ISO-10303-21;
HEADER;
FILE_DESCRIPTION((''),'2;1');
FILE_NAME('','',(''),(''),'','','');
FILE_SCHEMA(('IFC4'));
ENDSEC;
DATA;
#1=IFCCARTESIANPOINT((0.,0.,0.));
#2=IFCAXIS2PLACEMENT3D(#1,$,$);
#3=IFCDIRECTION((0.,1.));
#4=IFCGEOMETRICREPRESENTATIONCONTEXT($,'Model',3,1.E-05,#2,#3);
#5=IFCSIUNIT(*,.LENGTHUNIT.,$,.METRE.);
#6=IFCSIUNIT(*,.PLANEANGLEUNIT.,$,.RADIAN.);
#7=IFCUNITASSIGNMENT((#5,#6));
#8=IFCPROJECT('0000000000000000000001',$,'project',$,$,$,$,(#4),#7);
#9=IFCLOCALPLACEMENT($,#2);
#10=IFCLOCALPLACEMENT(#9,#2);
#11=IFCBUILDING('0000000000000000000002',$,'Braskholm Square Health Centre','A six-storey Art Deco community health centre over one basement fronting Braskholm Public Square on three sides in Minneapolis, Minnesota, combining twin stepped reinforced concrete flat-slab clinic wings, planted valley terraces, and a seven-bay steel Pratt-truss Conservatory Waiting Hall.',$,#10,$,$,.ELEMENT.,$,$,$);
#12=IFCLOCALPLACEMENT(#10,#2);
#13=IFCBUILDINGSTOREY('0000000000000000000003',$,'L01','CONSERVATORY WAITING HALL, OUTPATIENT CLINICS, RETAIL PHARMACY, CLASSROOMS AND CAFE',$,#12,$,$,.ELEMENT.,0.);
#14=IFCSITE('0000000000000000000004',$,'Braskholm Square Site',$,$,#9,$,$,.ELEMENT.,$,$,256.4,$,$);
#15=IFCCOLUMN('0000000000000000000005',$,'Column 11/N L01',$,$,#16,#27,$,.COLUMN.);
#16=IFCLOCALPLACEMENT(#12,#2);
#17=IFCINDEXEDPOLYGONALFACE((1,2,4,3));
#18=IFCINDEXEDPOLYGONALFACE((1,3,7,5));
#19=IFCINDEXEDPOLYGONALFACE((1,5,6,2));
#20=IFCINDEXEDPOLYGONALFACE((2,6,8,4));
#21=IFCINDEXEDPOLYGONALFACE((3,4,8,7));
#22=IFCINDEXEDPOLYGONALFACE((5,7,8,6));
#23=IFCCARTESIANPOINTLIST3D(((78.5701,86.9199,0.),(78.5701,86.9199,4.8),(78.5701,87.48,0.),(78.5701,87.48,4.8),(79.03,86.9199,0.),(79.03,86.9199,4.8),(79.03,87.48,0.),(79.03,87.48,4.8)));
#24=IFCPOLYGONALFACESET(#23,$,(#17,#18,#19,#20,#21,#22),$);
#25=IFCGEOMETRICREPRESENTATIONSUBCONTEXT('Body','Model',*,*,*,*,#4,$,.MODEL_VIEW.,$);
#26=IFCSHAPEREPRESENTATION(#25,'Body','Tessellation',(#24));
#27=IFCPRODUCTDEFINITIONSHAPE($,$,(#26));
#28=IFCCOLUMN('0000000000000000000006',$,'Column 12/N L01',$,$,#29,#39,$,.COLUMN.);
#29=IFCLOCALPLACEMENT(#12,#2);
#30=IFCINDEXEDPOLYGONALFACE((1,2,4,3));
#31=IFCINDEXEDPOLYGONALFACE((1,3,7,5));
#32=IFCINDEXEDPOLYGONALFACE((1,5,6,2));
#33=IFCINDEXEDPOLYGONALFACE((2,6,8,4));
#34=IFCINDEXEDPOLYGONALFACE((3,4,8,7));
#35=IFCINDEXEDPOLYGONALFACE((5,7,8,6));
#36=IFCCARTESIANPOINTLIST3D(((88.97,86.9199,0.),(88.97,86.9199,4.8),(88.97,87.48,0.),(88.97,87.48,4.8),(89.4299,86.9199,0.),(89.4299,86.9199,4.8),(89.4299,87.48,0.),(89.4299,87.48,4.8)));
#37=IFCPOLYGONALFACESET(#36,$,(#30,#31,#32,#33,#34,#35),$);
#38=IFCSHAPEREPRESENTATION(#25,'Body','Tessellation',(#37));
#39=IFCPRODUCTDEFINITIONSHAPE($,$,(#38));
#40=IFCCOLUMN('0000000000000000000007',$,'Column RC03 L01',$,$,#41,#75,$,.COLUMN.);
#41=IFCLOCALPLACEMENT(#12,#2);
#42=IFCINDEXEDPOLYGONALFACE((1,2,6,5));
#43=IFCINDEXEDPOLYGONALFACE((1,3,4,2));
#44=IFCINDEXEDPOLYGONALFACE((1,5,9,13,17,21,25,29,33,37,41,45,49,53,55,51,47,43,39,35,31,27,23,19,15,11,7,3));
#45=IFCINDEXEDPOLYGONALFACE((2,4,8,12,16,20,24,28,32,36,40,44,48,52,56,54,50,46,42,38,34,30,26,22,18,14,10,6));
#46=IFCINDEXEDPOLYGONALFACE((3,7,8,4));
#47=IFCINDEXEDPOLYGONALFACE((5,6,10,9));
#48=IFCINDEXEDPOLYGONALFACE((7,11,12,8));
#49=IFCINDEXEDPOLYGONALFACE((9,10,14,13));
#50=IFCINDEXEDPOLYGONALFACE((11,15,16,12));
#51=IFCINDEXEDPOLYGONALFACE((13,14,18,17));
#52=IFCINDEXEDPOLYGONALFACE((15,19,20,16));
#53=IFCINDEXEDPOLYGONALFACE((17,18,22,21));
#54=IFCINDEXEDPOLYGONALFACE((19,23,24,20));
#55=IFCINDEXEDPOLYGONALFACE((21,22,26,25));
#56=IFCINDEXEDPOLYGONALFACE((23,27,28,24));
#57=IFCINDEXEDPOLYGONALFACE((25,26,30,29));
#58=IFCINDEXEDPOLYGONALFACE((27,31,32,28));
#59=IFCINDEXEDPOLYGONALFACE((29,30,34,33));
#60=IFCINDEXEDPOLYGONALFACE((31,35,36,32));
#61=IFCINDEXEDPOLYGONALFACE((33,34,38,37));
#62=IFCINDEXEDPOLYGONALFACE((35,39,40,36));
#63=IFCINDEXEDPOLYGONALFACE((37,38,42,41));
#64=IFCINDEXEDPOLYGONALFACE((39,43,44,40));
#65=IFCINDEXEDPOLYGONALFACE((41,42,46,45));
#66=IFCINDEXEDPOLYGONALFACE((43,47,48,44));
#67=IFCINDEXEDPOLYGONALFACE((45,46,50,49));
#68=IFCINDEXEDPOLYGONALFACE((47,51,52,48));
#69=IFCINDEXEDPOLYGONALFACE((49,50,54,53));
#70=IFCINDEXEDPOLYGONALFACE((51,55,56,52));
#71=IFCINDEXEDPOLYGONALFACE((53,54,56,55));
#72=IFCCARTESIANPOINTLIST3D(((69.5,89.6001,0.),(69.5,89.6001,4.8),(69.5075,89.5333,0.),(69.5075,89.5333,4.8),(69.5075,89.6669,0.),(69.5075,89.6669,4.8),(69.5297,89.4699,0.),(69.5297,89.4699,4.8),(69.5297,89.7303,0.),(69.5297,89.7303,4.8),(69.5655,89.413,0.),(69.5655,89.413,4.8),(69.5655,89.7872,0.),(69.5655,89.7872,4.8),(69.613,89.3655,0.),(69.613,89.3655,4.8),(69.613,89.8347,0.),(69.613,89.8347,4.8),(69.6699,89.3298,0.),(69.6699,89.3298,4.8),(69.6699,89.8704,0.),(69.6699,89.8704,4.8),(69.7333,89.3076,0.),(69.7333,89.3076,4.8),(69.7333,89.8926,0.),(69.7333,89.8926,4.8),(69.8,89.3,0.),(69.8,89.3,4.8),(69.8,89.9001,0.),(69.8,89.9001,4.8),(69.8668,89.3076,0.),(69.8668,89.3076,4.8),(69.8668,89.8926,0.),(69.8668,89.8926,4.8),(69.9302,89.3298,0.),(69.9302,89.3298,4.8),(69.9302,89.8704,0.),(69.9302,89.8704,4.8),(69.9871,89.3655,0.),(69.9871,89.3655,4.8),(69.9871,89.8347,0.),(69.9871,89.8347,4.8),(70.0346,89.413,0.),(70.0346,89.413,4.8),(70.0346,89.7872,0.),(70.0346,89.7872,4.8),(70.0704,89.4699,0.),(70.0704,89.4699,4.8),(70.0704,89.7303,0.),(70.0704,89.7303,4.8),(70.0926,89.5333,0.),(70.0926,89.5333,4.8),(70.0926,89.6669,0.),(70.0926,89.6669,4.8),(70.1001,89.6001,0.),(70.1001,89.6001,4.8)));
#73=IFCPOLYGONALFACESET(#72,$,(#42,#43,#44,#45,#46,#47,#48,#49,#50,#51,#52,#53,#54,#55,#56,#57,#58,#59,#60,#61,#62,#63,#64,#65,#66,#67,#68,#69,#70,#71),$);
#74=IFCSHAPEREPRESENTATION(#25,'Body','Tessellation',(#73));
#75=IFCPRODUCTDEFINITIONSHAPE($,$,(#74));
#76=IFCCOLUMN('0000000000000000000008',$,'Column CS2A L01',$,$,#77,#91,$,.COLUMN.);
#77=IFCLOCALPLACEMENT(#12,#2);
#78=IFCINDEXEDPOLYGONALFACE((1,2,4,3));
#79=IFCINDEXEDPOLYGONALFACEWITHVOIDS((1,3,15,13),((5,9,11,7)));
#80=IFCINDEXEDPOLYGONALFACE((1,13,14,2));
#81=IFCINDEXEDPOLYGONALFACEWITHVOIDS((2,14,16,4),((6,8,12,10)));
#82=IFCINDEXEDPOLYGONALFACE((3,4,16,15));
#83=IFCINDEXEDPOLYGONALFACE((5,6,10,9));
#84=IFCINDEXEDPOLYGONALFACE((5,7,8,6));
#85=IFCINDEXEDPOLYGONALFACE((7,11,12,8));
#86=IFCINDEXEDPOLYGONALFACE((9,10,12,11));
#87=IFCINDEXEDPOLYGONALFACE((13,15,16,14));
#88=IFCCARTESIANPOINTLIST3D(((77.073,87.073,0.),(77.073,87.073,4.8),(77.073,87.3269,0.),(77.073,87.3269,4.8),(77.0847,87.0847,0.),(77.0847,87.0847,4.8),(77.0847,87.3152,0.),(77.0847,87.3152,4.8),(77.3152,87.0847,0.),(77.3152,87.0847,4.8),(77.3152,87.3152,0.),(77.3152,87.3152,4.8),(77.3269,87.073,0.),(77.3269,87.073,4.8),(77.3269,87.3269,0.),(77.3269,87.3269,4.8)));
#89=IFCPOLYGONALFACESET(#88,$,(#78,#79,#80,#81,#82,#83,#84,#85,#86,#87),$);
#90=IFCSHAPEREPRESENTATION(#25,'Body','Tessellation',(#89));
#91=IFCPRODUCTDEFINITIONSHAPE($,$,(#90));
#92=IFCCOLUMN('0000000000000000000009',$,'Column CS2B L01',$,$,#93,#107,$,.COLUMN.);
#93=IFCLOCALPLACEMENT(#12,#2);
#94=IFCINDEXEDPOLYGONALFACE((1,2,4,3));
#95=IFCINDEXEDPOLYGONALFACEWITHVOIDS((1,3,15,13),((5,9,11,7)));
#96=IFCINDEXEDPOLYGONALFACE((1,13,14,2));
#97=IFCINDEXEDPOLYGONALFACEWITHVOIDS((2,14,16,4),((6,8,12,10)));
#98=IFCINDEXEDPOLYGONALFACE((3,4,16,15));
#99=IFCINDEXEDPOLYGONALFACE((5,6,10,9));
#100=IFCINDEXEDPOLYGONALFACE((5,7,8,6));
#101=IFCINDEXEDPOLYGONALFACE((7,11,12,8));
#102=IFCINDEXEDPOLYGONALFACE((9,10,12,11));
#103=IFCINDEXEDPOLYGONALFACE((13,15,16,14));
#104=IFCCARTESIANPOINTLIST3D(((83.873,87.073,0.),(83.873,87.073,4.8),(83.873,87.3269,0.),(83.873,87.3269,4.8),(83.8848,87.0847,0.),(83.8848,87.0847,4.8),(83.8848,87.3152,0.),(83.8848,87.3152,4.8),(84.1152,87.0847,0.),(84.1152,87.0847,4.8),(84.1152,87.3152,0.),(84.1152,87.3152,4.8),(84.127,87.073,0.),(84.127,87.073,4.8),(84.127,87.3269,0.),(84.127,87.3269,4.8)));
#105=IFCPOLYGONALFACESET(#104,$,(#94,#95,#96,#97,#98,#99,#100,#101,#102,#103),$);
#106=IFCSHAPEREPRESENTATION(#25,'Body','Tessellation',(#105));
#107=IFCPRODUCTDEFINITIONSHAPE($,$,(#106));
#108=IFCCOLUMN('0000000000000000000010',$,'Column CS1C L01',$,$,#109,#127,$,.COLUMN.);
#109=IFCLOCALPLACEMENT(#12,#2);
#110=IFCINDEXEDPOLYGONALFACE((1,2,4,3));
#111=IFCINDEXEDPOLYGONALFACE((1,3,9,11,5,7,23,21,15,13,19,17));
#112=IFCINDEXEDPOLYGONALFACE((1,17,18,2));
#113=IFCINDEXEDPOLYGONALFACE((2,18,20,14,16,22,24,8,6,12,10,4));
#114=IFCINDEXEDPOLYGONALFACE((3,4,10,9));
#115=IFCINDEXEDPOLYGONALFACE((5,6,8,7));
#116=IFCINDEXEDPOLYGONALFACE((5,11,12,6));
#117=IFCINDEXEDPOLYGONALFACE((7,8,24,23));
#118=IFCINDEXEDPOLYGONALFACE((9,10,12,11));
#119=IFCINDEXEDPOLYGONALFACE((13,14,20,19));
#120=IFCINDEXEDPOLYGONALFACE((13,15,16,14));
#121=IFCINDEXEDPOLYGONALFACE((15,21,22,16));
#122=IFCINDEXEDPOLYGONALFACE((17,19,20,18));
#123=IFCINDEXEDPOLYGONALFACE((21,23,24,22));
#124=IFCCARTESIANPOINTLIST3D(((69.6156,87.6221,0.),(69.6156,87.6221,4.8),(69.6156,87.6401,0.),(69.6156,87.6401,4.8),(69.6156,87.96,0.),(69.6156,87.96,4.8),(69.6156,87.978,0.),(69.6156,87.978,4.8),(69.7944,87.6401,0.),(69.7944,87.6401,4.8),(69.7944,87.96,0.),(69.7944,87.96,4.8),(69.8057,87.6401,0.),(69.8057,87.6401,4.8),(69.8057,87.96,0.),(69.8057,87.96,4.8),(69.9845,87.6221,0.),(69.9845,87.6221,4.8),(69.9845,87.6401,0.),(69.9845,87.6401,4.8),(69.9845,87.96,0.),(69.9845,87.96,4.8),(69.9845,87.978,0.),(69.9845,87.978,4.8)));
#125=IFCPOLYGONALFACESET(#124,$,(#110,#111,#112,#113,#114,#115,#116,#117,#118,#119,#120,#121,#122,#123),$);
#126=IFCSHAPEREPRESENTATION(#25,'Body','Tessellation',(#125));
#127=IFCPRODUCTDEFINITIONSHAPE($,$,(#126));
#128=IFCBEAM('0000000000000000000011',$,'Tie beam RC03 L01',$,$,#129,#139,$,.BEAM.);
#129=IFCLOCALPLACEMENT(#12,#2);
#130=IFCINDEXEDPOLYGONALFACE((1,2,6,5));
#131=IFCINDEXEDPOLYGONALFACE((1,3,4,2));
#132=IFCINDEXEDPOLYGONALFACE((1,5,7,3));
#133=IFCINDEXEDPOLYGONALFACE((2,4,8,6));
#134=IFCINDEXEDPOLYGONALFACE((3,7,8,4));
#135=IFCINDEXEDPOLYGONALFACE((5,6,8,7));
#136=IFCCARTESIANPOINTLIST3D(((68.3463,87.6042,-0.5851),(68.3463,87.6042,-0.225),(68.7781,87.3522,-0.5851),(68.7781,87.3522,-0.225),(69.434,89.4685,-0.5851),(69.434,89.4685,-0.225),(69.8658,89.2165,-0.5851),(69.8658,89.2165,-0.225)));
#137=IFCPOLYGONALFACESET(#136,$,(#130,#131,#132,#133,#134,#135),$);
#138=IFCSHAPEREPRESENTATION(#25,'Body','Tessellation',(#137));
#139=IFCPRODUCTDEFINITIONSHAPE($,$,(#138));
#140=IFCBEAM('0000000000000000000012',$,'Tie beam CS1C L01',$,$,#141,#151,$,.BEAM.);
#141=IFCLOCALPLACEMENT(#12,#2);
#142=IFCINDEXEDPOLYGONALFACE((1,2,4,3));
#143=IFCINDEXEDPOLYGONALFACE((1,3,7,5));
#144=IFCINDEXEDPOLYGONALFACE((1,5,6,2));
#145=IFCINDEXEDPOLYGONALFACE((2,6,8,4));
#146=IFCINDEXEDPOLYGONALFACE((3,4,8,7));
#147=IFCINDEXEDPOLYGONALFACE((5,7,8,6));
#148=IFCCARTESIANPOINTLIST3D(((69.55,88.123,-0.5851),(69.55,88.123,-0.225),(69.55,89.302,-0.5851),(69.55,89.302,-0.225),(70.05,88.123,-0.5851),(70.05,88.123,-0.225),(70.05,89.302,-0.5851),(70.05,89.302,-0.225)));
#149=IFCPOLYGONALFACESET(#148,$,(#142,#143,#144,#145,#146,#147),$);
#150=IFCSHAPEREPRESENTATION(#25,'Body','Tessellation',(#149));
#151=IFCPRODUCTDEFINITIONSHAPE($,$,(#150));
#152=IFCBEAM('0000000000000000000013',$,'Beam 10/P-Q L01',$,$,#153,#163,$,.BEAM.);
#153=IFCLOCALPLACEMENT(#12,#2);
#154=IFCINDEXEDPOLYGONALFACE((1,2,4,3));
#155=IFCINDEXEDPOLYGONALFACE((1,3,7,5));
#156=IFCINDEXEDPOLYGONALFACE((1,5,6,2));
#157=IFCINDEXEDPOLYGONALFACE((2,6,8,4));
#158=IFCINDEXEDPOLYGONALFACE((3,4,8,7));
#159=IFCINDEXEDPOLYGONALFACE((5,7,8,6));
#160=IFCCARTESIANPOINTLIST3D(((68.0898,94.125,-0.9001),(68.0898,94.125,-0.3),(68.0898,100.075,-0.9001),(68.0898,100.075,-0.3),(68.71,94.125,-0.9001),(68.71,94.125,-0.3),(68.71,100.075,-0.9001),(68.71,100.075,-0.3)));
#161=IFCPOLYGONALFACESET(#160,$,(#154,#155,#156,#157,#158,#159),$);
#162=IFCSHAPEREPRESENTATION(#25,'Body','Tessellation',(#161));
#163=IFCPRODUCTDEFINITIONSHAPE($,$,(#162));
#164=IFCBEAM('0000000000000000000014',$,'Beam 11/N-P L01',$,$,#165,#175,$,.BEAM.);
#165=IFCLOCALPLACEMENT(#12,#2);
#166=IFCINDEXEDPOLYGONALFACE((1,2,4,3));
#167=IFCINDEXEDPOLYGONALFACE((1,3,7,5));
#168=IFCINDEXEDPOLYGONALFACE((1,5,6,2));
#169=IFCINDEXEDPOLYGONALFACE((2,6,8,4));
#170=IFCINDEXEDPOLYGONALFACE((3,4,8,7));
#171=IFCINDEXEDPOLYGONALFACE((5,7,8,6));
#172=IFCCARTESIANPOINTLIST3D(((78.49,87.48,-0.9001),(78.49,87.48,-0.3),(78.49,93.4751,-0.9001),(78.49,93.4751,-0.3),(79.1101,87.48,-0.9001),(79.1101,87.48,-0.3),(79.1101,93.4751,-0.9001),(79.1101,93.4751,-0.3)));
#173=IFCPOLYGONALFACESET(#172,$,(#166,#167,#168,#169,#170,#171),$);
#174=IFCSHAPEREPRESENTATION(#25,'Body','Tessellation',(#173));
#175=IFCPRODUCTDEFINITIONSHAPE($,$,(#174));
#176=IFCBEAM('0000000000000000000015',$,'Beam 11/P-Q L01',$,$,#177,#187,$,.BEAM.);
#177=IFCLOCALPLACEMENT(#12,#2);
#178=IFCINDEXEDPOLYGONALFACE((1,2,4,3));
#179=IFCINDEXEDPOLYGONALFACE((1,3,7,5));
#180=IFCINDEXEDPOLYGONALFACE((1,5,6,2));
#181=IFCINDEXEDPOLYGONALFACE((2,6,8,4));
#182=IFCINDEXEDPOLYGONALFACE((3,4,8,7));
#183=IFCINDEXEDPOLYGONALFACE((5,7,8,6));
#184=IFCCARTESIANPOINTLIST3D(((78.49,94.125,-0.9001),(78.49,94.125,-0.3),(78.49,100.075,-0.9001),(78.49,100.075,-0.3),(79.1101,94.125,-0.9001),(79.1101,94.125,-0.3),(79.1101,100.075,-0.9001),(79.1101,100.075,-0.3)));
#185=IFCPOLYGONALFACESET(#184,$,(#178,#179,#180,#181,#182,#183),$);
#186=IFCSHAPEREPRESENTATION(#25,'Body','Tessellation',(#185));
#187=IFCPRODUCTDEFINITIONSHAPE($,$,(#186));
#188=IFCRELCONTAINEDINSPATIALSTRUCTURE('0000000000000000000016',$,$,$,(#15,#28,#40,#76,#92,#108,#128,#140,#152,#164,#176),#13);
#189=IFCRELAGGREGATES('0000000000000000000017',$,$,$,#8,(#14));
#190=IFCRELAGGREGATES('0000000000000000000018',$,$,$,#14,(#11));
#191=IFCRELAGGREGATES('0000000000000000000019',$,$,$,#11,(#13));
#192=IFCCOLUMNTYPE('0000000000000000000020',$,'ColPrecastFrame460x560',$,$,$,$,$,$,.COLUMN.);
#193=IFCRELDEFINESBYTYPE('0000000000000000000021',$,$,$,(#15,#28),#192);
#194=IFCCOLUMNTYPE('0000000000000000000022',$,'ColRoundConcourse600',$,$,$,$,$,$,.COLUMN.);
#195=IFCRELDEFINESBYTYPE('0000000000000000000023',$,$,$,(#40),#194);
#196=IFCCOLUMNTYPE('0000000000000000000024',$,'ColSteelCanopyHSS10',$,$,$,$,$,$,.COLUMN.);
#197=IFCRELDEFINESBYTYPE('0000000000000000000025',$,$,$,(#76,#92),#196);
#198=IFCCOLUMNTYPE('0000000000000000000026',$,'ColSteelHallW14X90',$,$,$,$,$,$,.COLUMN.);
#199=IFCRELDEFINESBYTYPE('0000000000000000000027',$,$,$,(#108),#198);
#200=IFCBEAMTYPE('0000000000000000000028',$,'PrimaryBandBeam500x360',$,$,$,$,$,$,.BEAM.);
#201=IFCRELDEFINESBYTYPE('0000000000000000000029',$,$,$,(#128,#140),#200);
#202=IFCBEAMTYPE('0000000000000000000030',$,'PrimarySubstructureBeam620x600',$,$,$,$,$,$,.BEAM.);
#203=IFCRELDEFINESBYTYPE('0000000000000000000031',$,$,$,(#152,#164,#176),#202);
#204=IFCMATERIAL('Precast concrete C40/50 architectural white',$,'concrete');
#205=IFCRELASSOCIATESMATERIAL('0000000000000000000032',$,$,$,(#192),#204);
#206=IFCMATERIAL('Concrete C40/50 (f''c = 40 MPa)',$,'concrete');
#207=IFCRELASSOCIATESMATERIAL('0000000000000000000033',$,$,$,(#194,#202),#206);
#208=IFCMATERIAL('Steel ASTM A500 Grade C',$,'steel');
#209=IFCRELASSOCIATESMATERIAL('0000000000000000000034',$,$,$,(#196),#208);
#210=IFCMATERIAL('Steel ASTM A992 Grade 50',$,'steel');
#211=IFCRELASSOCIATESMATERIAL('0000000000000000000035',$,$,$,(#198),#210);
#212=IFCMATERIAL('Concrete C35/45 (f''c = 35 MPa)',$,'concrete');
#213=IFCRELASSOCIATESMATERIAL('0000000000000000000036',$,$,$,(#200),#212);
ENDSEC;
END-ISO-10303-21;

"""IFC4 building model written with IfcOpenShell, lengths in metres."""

from ifc_helpers import new_model, si_unit, direction, frame, origin, origin_2d, place, context, subcontext, project, spatial, rectangle, hollow_rectangle, circle, i_section, extrude, material, material_profile, profile_set, type_object, element, save


model = new_model("IFC4")

# Units and contexts
model_context = context("Model", 3, precision=1e-05, world=origin(), true_north=direction((0.0, 1.0)))
body_context = subcontext(model_context, "Body", "Model", "MODEL_VIEW")
ifc_project = project(units=[si_unit("LENGTHUNIT", "METRE"), si_unit("PLANEANGLEUNIT", "RADIAN")], contexts=[model_context])

# Site, building, storey
site_placement = place(None, origin())
site = spatial("IfcSite", under=ifc_project, at=site_placement, Name="Braskholm Square Site", CompositionType="ELEMENT", RefElevation=256.4)
building_placement = place(site_placement, origin())
building = spatial("IfcBuilding", under=site, at=building_placement, Name="Braskholm Square Health Centre", Description="A six-storey Art Deco community health centre over one basement fronting Braskholm Public Square on three sides in Minneapolis, Minnesota, combining twin stepped reinforced concrete flat-slab clinic wings, planted valley terraces, and a seven-bay steel Pratt-truss Conservatory Waiting Hall.", CompositionType="ELEMENT")
storey_placement = place(building_placement, origin())
storey = spatial("IfcBuildingStorey", under=building, at=storey_placement, Name="L01", Description="CONSERVATORY WAITING HALL, OUTPATIENT CLINICS, RETAIL PHARMACY, CLASSROOMS AND CAFE", CompositionType="ELEMENT", Elevation=0.0)

# Columns
ifc_material_1 = material(Name="Precast concrete C40/50 architectural white", Category="concrete")
ifc_material_profile_1 = material_profile(ifc_material_1, rectangle(XDim=0.46, YDim=0.5601, at=origin_2d()), Name="RC-460X560")
ifc_profile_set_1 = profile_set([ifc_material_profile_1], Name="Precast concrete C40/50 architectural white")
column_type_1 = type_object("IfcColumnType", Name="ColPrecastFrame460x560", PredefinedType="COLUMN", material=ifc_profile_set_1)
for number, where, z_axis, x_axis, name in (
    (1, (78.8, 87.2, 0.0), (0.0, 0.0, 1.0), (1.0, 0.0, 0.0), "Column 11/N L01"),
    (2, (89.2, 87.2, 0.0), (0.0, 0.0, 1.0), (1.0, 0.0, 0.0), "Column 12/N L01"),
):
    element("IfcColumn", number, at=place(storey_placement, frame(where, z_axis=z_axis, x_axis=x_axis)), inside=storey, type_object=column_type_1, Name=name, PredefinedType="COLUMN", context=body_context, shape_type="SweptSolid", body=[
        extrude(rectangle(XDim=0.46, YDim=0.5601, at=origin_2d()), origin(), (0.0, 0.0, 1.0), 4.8),
    ])
ifc_material_2 = material(Name="Concrete C40/50 (f'c = 40 MPa)", Category="concrete")
ifc_material_profile_2 = material_profile(ifc_material_2, circle(Radius=0.3, at=origin_2d()), Name="RC-RND-600")
ifc_profile_set_2 = profile_set([ifc_material_profile_2], Name="Concrete C40/50 (f'c = 40 MPa)")
column_type_2 = type_object("IfcColumnType", Name="ColRoundConcourse600", PredefinedType="COLUMN", material=ifc_profile_set_2)
column_1_placement = place(storey_placement, frame((69.8, 89.6001, 0.0), z_axis=(0.0, 0.0, 1.0), x_axis=(1.0, 0.0, 0.0)))
element("IfcColumn", 3, at=column_1_placement, inside=storey, type_object=column_type_2, Name="Column RC03 L01", PredefinedType="COLUMN", context=body_context, shape_type="SweptSolid", body=[
    extrude(circle(Radius=0.3, at=origin_2d()), origin(), (0.0, 0.0, 1.0), 4.8),
])
ifc_material_3 = material(Name="Steel ASTM A500 Grade C", Category="steel")
ifc_material_profile_3 = material_profile(ifc_material_3, hollow_rectangle(XDim=0.2539, YDim=0.2539, WallThickness=0.0117, at=origin_2d()), Name="HSS10X10X1/2")
ifc_profile_set_3 = profile_set([ifc_material_profile_3], Name="Steel ASTM A500 Grade C")
column_type_3 = type_object("IfcColumnType", Name="ColSteelCanopyHSS10", PredefinedType="COLUMN", material=ifc_profile_set_3)
for number, where, z_axis, x_axis, name in (
    (4, (77.2, 87.2, 0.0), (0.0, 0.0, 1.0), (1.0, 0.0, 0.0), "Column CS2A L01"),
    (5, (84.0, 87.2, 0.0), (0.0, 0.0, 1.0), (1.0, 0.0, 0.0), "Column CS2B L01"),
):
    element("IfcColumn", number, at=place(storey_placement, frame(where, z_axis=z_axis, x_axis=x_axis)), inside=storey, type_object=column_type_3, Name=name, PredefinedType="COLUMN", context=body_context, shape_type="SweptSolid", body=[
        extrude(hollow_rectangle(XDim=0.2539, YDim=0.2539, WallThickness=0.0117, at=origin_2d()), origin(), (0.0, 0.0, 1.0), 4.8),
    ])
ifc_material_4 = material(Name="Steel ASTM A992 Grade 50", Category="steel")
ifc_material_profile_4 = material_profile(ifc_material_4, i_section(OverallWidth=0.3689, OverallDepth=0.356, WebThickness=0.0112, FlangeThickness=0.0181, at=origin_2d()), Name="W14X90")
ifc_profile_set_4 = profile_set([ifc_material_profile_4], Name="Steel ASTM A992 Grade 50")
column_type_4 = type_object("IfcColumnType", Name="ColSteelHallW14X90", PredefinedType="COLUMN", material=ifc_profile_set_4)
column_2_placement = place(storey_placement, frame((69.8, 87.8, 0.0), z_axis=(0.0, 0.0, 1.0), x_axis=(1.0, 0.0, 0.0)))
element("IfcColumn", 6, at=column_2_placement, inside=storey, type_object=column_type_4, Name="Column CS1C L01", PredefinedType="COLUMN", context=body_context, shape_type="SweptSolid", body=[
    extrude(i_section(OverallWidth=0.3689, OverallDepth=0.356, WebThickness=0.0112, FlangeThickness=0.0181, at=origin_2d()), origin(), (0.0, 0.0, 1.0), 4.8),
])

# Beams
ifc_material_5 = material(Name="Concrete C35/45 (f'c = 35 MPa)", Category="concrete")
ifc_material_profile_5 = material_profile(ifc_material_5, rectangle(XDim=0.5, YDim=0.3601, at=origin_2d()), Name="RCB-500X360")
ifc_profile_set_5 = profile_set([ifc_material_profile_5], Name="Concrete C35/45 (f'c = 35 MPa)")
beam_type_1 = type_object("IfcBeamType", Name="PrimaryBandBeam500x360", PredefinedType="BEAM", material=ifc_profile_set_5)
beam_1_placement = place(storey_placement, frame((69.6499, 89.3425, -0.405), z_axis=(-0.503927, -0.863746, 0.0), x_axis=(0.863746, -0.503927, 0.0)))
element("IfcBeam", 7, at=beam_1_placement, inside=storey, type_object=beam_type_1, Name="Tie beam RC03 L01", PredefinedType="BEAM", context=body_context, shape_type="SweptSolid", body=[
    extrude(rectangle(XDim=0.5, YDim=0.3601, at=origin_2d()), origin(), (0.0, 0.0, 1.0), 2.1584),
])
beam_2_placement = place(storey_placement, frame((69.8, 88.123, -0.405), z_axis=(0.0, 1.0, 0.0), x_axis=(-1.0, 0.0, 0.0)))
element("IfcBeam", 8, at=beam_2_placement, inside=storey, type_object=beam_type_1, Name="Tie beam CS1C L01", PredefinedType="BEAM", context=body_context, shape_type="SweptSolid", body=[
    extrude(rectangle(XDim=0.5, YDim=0.3601, at=origin_2d()), origin(), (0.0, 0.0, 1.0), 1.179),
])
ifc_material_profile_6 = material_profile(ifc_material_2, rectangle(XDim=0.6201, YDim=0.6001, at=origin_2d()), Name="RCB-620X600")
ifc_profile_set_6 = profile_set([ifc_material_profile_6], Name="Concrete C40/50 (f'c = 40 MPa)")
beam_type_2 = type_object("IfcBeamType", Name="PrimarySubstructureBeam620x600", PredefinedType="BEAM", material=ifc_profile_set_6)
beam_3_placement = place(storey_placement, frame((68.3999, 94.125, -0.6001), z_axis=(0.0, 1.0, 0.0), x_axis=(-1.0, 0.0, 0.0)))
element("IfcBeam", 9, at=beam_3_placement, inside=storey, type_object=beam_type_2, Name="Beam 10/P-Q L01", PredefinedType="BEAM", context=body_context, shape_type="SweptSolid", body=[
    extrude(rectangle(XDim=0.6201, YDim=0.6001, at=origin_2d()), origin(), (0.0, 0.0, 1.0), 5.95),
])
beam_4_placement = place(storey_placement, frame((78.8, 87.48, -0.6001), z_axis=(0.0, 1.0, 0.0), x_axis=(-1.0, 0.0, 0.0)))
element("IfcBeam", 10, at=beam_4_placement, inside=storey, type_object=beam_type_2, Name="Beam 11/N-P L01", PredefinedType="BEAM", context=body_context, shape_type="SweptSolid", body=[
    extrude(rectangle(XDim=0.6201, YDim=0.6001, at=origin_2d()), origin(), (0.0, 0.0, 1.0), 5.9951),
])
beam_5_placement = place(storey_placement, frame((78.8, 94.125, -0.6001), z_axis=(0.0, 1.0, 0.0), x_axis=(-1.0, 0.0, 0.0)))
element("IfcBeam", 11, at=beam_5_placement, inside=storey, type_object=beam_type_2, Name="Beam 11/P-Q L01", PredefinedType="BEAM", context=body_context, shape_type="SweptSolid", body=[
    extrude(rectangle(XDim=0.6201, YDim=0.6001, at=origin_2d()), origin(), (0.0, 0.0, 1.0), 5.95),
])

save(model, "model.ifc")
